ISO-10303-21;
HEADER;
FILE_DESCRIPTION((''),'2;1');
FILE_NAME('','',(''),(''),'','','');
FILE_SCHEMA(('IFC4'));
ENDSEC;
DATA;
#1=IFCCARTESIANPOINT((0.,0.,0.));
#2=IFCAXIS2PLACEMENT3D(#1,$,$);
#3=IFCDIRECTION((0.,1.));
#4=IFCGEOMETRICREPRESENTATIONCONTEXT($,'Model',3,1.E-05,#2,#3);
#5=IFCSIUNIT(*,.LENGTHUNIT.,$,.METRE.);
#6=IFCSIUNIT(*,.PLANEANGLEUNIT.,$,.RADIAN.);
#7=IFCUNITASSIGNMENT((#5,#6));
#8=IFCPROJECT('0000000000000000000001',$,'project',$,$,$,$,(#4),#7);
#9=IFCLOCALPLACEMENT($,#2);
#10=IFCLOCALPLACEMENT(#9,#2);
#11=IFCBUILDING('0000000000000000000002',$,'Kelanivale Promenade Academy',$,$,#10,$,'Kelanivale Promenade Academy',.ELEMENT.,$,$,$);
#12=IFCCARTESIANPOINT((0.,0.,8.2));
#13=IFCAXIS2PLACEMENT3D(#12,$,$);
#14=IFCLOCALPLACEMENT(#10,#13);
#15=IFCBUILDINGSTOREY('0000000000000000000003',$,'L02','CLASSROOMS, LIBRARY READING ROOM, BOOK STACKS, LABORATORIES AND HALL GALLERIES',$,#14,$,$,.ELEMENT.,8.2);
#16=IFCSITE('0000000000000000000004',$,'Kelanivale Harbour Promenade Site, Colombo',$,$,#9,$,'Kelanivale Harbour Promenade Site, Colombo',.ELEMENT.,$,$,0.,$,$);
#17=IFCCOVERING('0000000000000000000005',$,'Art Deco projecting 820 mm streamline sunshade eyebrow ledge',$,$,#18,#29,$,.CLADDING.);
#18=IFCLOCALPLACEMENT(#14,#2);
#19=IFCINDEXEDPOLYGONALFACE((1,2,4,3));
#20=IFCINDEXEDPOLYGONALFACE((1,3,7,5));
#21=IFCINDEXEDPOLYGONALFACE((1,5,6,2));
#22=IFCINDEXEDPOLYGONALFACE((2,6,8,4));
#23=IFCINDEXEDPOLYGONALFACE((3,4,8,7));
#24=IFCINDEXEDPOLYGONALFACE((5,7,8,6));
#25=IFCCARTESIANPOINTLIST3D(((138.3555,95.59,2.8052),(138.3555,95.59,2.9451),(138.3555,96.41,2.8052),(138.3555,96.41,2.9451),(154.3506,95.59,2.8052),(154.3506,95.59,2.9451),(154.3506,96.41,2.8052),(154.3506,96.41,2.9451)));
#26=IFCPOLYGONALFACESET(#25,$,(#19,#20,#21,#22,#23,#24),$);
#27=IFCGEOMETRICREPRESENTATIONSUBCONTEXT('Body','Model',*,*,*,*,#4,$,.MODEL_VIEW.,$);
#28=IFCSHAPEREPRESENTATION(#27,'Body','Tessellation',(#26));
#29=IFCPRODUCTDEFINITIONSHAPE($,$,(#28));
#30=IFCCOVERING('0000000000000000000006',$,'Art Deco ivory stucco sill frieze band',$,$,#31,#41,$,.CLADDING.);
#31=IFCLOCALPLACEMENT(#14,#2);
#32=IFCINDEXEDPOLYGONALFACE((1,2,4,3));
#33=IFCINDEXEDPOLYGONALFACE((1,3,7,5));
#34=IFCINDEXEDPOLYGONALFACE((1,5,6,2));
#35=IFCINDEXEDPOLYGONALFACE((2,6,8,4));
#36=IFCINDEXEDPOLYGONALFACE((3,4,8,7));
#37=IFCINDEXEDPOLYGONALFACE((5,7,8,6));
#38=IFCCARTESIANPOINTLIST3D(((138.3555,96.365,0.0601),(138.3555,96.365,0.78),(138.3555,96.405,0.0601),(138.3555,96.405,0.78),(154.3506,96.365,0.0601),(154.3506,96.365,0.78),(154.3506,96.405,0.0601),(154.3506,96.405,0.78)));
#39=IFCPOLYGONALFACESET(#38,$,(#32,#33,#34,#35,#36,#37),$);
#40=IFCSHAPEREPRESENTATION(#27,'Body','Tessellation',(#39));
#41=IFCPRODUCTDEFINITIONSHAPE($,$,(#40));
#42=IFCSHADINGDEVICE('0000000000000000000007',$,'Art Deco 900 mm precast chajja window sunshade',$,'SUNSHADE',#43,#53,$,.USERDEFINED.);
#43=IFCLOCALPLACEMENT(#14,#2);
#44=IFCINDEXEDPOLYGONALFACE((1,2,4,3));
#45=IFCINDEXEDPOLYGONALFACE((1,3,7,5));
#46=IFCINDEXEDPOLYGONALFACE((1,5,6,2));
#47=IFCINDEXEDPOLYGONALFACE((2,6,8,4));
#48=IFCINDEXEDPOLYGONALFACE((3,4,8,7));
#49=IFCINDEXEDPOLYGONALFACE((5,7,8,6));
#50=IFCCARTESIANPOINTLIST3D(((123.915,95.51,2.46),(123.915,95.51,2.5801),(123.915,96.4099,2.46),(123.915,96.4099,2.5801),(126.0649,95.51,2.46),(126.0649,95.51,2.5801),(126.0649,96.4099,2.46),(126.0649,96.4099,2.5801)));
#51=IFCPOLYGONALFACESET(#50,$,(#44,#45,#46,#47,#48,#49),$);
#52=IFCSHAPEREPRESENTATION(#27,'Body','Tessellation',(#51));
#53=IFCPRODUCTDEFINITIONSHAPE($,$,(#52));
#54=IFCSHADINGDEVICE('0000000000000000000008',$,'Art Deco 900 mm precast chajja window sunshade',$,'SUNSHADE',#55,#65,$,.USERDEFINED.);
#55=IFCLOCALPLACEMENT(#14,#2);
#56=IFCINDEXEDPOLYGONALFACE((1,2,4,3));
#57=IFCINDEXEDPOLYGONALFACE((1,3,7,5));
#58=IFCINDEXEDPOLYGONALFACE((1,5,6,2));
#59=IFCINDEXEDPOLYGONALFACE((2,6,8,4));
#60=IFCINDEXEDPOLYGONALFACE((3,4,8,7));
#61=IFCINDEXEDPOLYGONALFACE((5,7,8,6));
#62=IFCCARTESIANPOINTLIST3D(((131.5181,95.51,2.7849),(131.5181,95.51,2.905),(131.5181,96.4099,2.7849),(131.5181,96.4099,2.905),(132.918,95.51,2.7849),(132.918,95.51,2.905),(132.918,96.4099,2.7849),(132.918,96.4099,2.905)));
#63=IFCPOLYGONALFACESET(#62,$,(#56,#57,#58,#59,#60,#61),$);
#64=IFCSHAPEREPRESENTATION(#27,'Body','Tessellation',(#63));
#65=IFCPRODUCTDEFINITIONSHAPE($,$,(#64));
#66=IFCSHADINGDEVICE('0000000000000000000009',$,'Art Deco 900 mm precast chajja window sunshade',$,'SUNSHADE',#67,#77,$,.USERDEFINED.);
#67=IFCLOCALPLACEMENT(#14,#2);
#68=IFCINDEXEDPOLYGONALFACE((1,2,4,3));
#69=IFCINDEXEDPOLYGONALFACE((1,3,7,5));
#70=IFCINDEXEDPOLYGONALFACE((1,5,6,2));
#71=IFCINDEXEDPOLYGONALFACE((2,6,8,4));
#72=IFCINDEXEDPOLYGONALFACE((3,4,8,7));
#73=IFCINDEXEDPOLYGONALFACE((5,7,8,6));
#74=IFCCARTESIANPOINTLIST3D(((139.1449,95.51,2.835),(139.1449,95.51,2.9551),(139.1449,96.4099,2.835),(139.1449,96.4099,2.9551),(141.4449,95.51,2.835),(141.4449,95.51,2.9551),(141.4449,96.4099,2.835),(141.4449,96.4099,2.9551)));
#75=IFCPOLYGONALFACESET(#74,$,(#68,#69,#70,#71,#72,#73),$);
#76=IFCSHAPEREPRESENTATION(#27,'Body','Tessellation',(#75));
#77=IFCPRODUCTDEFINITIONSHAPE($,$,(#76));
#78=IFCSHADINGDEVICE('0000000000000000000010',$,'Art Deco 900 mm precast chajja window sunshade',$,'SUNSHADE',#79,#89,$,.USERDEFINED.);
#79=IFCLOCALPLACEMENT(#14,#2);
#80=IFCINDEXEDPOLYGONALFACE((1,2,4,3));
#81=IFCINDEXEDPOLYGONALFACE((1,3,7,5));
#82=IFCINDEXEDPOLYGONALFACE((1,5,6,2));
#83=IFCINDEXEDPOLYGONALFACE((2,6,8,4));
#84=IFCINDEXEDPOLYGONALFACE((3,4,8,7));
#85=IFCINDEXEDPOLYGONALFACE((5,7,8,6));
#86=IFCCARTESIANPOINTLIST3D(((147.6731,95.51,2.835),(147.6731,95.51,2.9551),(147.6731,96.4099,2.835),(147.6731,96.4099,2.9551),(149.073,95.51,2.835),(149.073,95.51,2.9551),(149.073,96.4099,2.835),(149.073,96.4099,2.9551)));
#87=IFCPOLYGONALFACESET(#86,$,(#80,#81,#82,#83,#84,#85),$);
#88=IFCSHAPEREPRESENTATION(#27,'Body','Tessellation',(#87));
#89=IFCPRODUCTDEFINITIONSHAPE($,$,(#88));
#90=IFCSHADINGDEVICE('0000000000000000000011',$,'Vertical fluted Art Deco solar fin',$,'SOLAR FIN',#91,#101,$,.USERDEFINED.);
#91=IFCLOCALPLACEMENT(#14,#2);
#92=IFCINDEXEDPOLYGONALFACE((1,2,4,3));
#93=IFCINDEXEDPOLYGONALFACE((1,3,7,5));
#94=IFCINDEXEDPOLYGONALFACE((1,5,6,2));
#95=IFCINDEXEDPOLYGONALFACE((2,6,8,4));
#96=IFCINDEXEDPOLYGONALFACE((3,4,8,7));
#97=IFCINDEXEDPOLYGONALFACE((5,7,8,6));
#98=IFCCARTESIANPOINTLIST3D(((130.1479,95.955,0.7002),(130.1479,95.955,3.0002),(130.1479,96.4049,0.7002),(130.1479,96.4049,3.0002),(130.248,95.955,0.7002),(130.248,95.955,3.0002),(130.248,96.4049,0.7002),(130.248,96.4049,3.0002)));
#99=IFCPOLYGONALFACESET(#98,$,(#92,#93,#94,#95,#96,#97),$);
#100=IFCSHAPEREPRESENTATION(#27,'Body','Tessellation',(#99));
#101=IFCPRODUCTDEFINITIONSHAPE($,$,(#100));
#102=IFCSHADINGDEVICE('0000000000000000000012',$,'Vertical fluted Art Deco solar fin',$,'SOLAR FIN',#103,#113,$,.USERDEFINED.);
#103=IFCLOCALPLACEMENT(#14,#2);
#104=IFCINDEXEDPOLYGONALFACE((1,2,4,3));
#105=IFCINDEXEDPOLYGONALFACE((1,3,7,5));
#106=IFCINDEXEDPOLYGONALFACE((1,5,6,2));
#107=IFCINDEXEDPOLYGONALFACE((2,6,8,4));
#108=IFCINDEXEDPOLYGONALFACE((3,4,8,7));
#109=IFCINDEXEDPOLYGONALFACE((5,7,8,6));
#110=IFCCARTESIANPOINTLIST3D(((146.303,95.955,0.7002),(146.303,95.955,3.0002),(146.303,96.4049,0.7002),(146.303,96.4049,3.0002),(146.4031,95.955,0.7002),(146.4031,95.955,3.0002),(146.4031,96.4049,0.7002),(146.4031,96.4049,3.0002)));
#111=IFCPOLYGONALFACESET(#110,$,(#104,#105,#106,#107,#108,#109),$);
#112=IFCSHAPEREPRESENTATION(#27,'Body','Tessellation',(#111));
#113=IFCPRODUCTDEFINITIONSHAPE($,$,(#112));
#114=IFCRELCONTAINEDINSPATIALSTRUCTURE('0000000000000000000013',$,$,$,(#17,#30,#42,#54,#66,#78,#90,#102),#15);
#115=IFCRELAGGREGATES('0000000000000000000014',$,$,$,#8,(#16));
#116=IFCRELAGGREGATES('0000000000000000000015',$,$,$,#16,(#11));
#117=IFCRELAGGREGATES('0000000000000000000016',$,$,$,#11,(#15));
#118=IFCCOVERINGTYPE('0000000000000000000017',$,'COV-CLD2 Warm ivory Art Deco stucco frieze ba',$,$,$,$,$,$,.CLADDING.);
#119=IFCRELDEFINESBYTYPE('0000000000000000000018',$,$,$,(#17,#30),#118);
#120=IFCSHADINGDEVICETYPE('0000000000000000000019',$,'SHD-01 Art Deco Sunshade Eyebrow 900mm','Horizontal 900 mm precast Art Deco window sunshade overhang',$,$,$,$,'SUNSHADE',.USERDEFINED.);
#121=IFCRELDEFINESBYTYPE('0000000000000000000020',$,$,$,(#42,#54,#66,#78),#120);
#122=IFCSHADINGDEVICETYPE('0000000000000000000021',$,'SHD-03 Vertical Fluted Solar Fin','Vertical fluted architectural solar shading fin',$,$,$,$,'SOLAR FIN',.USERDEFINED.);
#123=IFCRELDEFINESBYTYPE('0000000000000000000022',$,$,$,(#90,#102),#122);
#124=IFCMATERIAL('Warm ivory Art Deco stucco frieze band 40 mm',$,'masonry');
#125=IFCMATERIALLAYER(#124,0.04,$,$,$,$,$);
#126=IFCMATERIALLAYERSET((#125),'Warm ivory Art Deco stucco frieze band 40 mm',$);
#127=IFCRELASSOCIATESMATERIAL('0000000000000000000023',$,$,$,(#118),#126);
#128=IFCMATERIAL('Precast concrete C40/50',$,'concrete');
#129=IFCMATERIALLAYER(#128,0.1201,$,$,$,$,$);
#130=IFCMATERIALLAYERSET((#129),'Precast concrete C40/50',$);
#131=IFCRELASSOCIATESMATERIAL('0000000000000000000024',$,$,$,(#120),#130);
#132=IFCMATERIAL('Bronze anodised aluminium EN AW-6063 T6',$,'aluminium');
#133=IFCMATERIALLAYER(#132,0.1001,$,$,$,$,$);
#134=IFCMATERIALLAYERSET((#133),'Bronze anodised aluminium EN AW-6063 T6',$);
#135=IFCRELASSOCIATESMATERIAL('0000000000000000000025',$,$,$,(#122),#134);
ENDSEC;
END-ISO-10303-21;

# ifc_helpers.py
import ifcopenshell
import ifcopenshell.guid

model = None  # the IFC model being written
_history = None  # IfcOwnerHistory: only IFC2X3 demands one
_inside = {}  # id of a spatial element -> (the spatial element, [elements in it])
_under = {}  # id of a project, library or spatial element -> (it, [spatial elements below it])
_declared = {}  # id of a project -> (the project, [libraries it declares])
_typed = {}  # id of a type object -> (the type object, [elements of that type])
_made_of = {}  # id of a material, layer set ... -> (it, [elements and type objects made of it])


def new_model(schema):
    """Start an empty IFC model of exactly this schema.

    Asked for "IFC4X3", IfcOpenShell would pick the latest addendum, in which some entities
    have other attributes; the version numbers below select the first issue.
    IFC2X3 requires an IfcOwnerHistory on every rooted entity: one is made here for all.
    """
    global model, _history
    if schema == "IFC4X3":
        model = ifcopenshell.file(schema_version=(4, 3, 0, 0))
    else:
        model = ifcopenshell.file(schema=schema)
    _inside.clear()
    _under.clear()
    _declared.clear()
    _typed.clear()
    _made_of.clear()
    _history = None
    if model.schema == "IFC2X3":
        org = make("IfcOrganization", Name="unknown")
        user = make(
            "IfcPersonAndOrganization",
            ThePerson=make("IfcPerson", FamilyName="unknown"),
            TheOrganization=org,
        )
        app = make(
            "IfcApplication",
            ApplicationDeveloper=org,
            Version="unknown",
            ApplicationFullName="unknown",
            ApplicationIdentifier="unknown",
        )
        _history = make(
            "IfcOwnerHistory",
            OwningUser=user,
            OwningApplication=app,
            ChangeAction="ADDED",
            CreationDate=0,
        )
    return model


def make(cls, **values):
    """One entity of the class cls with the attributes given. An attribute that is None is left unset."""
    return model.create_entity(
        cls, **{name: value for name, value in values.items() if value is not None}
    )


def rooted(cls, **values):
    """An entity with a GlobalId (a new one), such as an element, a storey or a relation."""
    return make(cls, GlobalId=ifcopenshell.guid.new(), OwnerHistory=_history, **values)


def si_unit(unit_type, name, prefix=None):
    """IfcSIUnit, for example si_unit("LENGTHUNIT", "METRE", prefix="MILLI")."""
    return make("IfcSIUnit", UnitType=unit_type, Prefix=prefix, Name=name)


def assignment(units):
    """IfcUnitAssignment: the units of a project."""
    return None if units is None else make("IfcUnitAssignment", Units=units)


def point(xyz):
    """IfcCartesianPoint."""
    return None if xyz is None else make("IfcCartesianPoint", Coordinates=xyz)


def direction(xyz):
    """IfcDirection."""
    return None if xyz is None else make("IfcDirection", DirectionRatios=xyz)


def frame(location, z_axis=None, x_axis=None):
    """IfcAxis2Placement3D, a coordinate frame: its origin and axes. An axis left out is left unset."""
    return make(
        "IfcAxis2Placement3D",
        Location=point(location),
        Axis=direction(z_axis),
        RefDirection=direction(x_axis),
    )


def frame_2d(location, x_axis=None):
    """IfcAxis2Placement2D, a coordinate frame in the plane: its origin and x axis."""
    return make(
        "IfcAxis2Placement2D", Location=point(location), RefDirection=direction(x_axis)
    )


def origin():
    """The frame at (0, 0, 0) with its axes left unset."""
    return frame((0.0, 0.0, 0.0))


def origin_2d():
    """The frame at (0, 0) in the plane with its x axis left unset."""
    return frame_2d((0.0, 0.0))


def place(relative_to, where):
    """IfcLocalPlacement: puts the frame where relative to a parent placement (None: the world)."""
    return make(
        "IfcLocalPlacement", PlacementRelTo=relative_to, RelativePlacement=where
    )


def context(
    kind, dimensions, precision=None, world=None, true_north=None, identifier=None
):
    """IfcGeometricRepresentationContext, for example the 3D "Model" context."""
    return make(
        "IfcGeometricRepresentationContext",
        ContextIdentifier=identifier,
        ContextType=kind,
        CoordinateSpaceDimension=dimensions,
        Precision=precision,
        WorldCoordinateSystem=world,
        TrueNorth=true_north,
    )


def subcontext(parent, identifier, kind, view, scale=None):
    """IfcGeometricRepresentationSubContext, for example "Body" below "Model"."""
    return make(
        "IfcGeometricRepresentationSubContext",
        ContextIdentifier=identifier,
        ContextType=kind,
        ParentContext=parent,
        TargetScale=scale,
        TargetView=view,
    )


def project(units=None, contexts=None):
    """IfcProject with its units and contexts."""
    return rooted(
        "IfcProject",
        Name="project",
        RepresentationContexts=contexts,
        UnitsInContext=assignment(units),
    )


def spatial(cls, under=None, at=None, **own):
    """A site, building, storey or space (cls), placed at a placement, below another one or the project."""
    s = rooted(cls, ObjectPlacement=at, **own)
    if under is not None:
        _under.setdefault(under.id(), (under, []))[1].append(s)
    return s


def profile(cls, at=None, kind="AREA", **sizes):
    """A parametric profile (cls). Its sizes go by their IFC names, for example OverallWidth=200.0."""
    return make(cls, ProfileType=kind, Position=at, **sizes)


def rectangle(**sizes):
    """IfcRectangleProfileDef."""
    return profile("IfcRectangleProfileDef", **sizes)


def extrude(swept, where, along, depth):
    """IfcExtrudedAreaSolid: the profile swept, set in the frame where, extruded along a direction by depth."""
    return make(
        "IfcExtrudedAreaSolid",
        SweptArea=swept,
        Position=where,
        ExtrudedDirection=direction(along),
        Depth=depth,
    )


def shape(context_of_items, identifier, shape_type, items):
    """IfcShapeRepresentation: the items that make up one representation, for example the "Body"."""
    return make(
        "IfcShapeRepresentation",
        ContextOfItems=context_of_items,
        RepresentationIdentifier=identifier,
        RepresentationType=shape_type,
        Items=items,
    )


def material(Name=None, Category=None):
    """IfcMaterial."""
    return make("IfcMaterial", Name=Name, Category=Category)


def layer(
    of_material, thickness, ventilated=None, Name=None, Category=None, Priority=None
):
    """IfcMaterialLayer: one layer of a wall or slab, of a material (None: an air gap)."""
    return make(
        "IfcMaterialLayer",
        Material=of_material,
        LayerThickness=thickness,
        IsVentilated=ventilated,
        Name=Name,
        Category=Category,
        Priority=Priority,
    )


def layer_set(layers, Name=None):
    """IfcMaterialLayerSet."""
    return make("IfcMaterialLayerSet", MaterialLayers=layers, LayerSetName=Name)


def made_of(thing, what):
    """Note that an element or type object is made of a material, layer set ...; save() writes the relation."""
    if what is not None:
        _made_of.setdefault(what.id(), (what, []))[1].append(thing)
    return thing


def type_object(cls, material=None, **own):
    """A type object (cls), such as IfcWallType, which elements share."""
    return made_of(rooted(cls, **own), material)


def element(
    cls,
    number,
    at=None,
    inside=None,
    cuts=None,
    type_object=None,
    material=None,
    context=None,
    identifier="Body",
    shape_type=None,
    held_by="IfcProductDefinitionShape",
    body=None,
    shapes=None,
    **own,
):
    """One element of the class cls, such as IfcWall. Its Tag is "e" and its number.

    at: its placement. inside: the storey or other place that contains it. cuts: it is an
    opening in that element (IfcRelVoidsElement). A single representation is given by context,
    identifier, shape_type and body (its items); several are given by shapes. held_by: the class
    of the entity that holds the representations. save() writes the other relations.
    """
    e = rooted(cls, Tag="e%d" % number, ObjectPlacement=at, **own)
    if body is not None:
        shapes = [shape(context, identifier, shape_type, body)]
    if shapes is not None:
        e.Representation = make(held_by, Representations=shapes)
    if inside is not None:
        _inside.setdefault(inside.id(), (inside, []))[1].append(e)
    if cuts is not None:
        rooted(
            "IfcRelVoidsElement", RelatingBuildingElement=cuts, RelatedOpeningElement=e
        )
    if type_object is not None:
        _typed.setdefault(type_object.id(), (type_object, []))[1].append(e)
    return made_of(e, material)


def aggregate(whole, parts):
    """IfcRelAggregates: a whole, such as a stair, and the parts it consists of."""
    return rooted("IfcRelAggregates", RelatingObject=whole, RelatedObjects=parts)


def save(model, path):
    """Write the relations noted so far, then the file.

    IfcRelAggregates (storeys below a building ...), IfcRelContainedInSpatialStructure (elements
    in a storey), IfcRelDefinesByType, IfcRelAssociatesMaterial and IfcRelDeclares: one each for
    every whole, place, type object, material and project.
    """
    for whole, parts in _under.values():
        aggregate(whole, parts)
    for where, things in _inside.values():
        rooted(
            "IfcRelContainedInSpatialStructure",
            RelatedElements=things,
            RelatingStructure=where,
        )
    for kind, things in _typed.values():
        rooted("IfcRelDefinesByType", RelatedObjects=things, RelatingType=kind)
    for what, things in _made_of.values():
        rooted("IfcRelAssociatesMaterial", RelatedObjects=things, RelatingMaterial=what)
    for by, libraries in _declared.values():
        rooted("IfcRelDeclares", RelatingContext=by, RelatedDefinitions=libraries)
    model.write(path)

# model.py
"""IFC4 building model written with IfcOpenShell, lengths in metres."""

from ifc_helpers import new_model, si_unit, direction, frame, origin, origin_2d, place, context, subcontext, project, spatial, rectangle, extrude, material, layer, layer_set, type_object, element, save


model = new_model("IFC4")

# Units and contexts
model_context = context("Model", 3, precision=1e-05, world=origin(), true_north=direction((0.0, 1.0)))
body_context = subcontext(model_context, "Body", "Model", "MODEL_VIEW")
ifc_project = project(units=[si_unit("LENGTHUNIT", "METRE"), si_unit("PLANEANGLEUNIT", "RADIAN")], contexts=[model_context])

# Site, building, storey
site_placement = place(None, origin())
site = spatial("IfcSite", under=ifc_project, at=site_placement, Name="Kelanivale Harbour Promenade Site, Colombo", LongName="Kelanivale Harbour Promenade Site, Colombo", CompositionType="ELEMENT", RefElevation=0.0)
building_placement = place(site_placement, origin())
building = spatial("IfcBuilding", under=site, at=building_placement, Name="Kelanivale Promenade Academy", LongName="Kelanivale Promenade Academy", CompositionType="ELEMENT")
storey_placement = place(building_placement, frame((0.0, 0.0, 8.2)))
storey = spatial("IfcBuildingStorey", under=building, at=storey_placement, Name="L02", Description="CLASSROOMS, LIBRARY READING ROOM, BOOK STACKS, LABORATORIES AND HALL GALLERIES", CompositionType="ELEMENT", Elevation=8.2)

# Coverings
ifc_material_1 = material(Name="Warm ivory Art Deco stucco frieze band 40 mm", Category="masonry")
ifc_layer_1 = layer(ifc_material_1, 0.04)
ifc_layer_set_1 = layer_set([ifc_layer_1], Name="Warm ivory Art Deco stucco frieze band 40 mm")
covering_type_1 = type_object("IfcCoveringType", Name="COV-CLD2 Warm ivory Art Deco stucco frieze ba", PredefinedType="CLADDING", material=ifc_layer_set_1)
covering_1_placement = place(storey_placement, frame((146.353, 96.0, 2.8052), z_axis=(0.0, 0.0, 1.0), x_axis=(1.0, 0.0, 0.0)))
element("IfcCovering", 1, at=covering_1_placement, inside=storey, type_object=covering_type_1, Name="Art Deco projecting 820 mm streamline sunshade eyebrow ledge", PredefinedType="CLADDING", context=body_context, shape_type="SweptSolid", body=[
    extrude(rectangle(XDim=15.9951, YDim=0.8201, at=origin_2d()), origin(), (0.0, 0.0, 1.0), 0.1399),
])
covering_2_placement = place(storey_placement, frame((146.353, 96.385, 0.0601), z_axis=(0.0, 0.0, 1.0), x_axis=(1.0, 0.0, 0.0)))
element("IfcCovering", 2, at=covering_2_placement, inside=storey, type_object=covering_type_1, Name="Art Deco ivory stucco sill frieze band", PredefinedType="CLADDING", context=body_context, shape_type="SweptSolid", body=[
    extrude(rectangle(XDim=15.9951, YDim=0.04, at=origin_2d()), origin(), (0.0, 0.0, 1.0), 0.72),
])

# Shading devices
ifc_material_2 = material(Name="Precast concrete C40/50", Category="concrete")
ifc_layer_2 = layer(ifc_material_2, 0.1201)
ifc_layer_set_2 = layer_set([ifc_layer_2], Name="Precast concrete C40/50")
shading_device_type_1 = type_object("IfcShadingDeviceType", Name="SHD-01 Art Deco Sunshade Eyebrow 900mm", Description="Horizontal 900 mm precast Art Deco window sunshade overhang", ElementType="SUNSHADE", PredefinedType="USERDEFINED", material=ifc_layer_set_2)
shading_device_1_placement = place(storey_placement, frame((124.99, 95.96, 2.46), z_axis=(0.0, 0.0, 1.0), x_axis=(1.0, 0.0, 0.0)))
element("IfcShadingDevice", 3, at=shading_device_1_placement, inside=storey, type_object=shading_device_type_1, Name="Art Deco 900 mm precast chajja window sunshade", ObjectType="SUNSHADE", PredefinedType="USERDEFINED", context=body_context, shape_type="SweptSolid", body=[
    extrude(rectangle(XDim=2.1499, YDim=0.8999, at=origin_2d()), origin(), (0.0, 0.0, 1.0), 0.1201),
])
shading_device_2_placement = place(storey_placement, frame((132.218, 95.96, 2.7849), z_axis=(0.0, 0.0, 1.0), x_axis=(1.0, 0.0, 0.0)))
element("IfcShadingDevice", 4, at=shading_device_2_placement, inside=storey, type_object=shading_device_type_1, Name="Art Deco 900 mm precast chajja window sunshade", ObjectType="SUNSHADE", PredefinedType="USERDEFINED", context=body_context, shape_type="SweptSolid", body=[
    extrude(rectangle(XDim=1.3999, YDim=0.8999, at=origin_2d()), origin(), (0.0, 0.0, 1.0), 0.1201),
])
shading_device_3_placement = place(storey_placement, frame((140.2949, 95.96, 2.835), z_axis=(0.0, 0.0, 1.0), x_axis=(1.0, 0.0, 0.0)))
element("IfcShadingDevice", 5, at=shading_device_3_placement, inside=storey, type_object=shading_device_type_1, Name="Art Deco 900 mm precast chajja window sunshade", ObjectType="SUNSHADE", PredefinedType="USERDEFINED", context=body_context, shape_type="SweptSolid", body=[
    extrude(rectangle(XDim=2.3, YDim=0.8999, at=origin_2d()), origin(), (0.0, 0.0, 1.0), 0.1201),
])
shading_device_4_placement = place(storey_placement, frame((148.373, 95.96, 2.835), z_axis=(0.0, 0.0, 1.0), x_axis=(1.0, 0.0, 0.0)))
element("IfcShadingDevice", 6, at=shading_device_4_placement, inside=storey, type_object=shading_device_type_1, Name="Art Deco 900 mm precast chajja window sunshade", ObjectType="SUNSHADE", PredefinedType="USERDEFINED", context=body_context, shape_type="SweptSolid", body=[
    extrude(rectangle(XDim=1.3999, YDim=0.8999, at=origin_2d()), origin(), (0.0, 0.0, 1.0), 0.1201),
])
ifc_material_3 = material(Name="Bronze anodised aluminium EN AW-6063 T6", Category="aluminium")
ifc_layer_3 = layer(ifc_material_3, 0.1001)
ifc_layer_set_3 = layer_set([ifc_layer_3], Name="Bronze anodised aluminium EN AW-6063 T6")
shading_device_type_2 = type_object("IfcShadingDeviceType", Name="SHD-03 Vertical Fluted Solar Fin", Description="Vertical fluted architectural solar shading fin", ElementType="SOLAR FIN", PredefinedType="USERDEFINED", material=ifc_layer_set_3)
for number, where, z_axis, x_axis, name in (
    (7, (130.198, 96.1799, 0.7002), (0.0, 0.0, 1.0), (1.0, 0.0, 0.0), "Vertical fluted Art Deco solar fin"),
    (8, (146.353, 96.1799, 0.7002), (0.0, 0.0, 1.0), (1.0, 0.0, 0.0), "Vertical fluted Art Deco solar fin"),
):
    element("IfcShadingDevice", number, at=place(storey_placement, frame(where, z_axis=z_axis, x_axis=x_axis)), inside=storey, type_object=shading_device_type_2, Name=name, ObjectType="SOLAR FIN", PredefinedType="USERDEFINED", context=body_context, shape_type="SweptSolid", body=[
        extrude(rectangle(XDim=0.1001, YDim=0.45, at=origin_2d()), origin(), (0.0, 0.0, 1.0), 2.3),
    ])

save(model, "model.ifc")
